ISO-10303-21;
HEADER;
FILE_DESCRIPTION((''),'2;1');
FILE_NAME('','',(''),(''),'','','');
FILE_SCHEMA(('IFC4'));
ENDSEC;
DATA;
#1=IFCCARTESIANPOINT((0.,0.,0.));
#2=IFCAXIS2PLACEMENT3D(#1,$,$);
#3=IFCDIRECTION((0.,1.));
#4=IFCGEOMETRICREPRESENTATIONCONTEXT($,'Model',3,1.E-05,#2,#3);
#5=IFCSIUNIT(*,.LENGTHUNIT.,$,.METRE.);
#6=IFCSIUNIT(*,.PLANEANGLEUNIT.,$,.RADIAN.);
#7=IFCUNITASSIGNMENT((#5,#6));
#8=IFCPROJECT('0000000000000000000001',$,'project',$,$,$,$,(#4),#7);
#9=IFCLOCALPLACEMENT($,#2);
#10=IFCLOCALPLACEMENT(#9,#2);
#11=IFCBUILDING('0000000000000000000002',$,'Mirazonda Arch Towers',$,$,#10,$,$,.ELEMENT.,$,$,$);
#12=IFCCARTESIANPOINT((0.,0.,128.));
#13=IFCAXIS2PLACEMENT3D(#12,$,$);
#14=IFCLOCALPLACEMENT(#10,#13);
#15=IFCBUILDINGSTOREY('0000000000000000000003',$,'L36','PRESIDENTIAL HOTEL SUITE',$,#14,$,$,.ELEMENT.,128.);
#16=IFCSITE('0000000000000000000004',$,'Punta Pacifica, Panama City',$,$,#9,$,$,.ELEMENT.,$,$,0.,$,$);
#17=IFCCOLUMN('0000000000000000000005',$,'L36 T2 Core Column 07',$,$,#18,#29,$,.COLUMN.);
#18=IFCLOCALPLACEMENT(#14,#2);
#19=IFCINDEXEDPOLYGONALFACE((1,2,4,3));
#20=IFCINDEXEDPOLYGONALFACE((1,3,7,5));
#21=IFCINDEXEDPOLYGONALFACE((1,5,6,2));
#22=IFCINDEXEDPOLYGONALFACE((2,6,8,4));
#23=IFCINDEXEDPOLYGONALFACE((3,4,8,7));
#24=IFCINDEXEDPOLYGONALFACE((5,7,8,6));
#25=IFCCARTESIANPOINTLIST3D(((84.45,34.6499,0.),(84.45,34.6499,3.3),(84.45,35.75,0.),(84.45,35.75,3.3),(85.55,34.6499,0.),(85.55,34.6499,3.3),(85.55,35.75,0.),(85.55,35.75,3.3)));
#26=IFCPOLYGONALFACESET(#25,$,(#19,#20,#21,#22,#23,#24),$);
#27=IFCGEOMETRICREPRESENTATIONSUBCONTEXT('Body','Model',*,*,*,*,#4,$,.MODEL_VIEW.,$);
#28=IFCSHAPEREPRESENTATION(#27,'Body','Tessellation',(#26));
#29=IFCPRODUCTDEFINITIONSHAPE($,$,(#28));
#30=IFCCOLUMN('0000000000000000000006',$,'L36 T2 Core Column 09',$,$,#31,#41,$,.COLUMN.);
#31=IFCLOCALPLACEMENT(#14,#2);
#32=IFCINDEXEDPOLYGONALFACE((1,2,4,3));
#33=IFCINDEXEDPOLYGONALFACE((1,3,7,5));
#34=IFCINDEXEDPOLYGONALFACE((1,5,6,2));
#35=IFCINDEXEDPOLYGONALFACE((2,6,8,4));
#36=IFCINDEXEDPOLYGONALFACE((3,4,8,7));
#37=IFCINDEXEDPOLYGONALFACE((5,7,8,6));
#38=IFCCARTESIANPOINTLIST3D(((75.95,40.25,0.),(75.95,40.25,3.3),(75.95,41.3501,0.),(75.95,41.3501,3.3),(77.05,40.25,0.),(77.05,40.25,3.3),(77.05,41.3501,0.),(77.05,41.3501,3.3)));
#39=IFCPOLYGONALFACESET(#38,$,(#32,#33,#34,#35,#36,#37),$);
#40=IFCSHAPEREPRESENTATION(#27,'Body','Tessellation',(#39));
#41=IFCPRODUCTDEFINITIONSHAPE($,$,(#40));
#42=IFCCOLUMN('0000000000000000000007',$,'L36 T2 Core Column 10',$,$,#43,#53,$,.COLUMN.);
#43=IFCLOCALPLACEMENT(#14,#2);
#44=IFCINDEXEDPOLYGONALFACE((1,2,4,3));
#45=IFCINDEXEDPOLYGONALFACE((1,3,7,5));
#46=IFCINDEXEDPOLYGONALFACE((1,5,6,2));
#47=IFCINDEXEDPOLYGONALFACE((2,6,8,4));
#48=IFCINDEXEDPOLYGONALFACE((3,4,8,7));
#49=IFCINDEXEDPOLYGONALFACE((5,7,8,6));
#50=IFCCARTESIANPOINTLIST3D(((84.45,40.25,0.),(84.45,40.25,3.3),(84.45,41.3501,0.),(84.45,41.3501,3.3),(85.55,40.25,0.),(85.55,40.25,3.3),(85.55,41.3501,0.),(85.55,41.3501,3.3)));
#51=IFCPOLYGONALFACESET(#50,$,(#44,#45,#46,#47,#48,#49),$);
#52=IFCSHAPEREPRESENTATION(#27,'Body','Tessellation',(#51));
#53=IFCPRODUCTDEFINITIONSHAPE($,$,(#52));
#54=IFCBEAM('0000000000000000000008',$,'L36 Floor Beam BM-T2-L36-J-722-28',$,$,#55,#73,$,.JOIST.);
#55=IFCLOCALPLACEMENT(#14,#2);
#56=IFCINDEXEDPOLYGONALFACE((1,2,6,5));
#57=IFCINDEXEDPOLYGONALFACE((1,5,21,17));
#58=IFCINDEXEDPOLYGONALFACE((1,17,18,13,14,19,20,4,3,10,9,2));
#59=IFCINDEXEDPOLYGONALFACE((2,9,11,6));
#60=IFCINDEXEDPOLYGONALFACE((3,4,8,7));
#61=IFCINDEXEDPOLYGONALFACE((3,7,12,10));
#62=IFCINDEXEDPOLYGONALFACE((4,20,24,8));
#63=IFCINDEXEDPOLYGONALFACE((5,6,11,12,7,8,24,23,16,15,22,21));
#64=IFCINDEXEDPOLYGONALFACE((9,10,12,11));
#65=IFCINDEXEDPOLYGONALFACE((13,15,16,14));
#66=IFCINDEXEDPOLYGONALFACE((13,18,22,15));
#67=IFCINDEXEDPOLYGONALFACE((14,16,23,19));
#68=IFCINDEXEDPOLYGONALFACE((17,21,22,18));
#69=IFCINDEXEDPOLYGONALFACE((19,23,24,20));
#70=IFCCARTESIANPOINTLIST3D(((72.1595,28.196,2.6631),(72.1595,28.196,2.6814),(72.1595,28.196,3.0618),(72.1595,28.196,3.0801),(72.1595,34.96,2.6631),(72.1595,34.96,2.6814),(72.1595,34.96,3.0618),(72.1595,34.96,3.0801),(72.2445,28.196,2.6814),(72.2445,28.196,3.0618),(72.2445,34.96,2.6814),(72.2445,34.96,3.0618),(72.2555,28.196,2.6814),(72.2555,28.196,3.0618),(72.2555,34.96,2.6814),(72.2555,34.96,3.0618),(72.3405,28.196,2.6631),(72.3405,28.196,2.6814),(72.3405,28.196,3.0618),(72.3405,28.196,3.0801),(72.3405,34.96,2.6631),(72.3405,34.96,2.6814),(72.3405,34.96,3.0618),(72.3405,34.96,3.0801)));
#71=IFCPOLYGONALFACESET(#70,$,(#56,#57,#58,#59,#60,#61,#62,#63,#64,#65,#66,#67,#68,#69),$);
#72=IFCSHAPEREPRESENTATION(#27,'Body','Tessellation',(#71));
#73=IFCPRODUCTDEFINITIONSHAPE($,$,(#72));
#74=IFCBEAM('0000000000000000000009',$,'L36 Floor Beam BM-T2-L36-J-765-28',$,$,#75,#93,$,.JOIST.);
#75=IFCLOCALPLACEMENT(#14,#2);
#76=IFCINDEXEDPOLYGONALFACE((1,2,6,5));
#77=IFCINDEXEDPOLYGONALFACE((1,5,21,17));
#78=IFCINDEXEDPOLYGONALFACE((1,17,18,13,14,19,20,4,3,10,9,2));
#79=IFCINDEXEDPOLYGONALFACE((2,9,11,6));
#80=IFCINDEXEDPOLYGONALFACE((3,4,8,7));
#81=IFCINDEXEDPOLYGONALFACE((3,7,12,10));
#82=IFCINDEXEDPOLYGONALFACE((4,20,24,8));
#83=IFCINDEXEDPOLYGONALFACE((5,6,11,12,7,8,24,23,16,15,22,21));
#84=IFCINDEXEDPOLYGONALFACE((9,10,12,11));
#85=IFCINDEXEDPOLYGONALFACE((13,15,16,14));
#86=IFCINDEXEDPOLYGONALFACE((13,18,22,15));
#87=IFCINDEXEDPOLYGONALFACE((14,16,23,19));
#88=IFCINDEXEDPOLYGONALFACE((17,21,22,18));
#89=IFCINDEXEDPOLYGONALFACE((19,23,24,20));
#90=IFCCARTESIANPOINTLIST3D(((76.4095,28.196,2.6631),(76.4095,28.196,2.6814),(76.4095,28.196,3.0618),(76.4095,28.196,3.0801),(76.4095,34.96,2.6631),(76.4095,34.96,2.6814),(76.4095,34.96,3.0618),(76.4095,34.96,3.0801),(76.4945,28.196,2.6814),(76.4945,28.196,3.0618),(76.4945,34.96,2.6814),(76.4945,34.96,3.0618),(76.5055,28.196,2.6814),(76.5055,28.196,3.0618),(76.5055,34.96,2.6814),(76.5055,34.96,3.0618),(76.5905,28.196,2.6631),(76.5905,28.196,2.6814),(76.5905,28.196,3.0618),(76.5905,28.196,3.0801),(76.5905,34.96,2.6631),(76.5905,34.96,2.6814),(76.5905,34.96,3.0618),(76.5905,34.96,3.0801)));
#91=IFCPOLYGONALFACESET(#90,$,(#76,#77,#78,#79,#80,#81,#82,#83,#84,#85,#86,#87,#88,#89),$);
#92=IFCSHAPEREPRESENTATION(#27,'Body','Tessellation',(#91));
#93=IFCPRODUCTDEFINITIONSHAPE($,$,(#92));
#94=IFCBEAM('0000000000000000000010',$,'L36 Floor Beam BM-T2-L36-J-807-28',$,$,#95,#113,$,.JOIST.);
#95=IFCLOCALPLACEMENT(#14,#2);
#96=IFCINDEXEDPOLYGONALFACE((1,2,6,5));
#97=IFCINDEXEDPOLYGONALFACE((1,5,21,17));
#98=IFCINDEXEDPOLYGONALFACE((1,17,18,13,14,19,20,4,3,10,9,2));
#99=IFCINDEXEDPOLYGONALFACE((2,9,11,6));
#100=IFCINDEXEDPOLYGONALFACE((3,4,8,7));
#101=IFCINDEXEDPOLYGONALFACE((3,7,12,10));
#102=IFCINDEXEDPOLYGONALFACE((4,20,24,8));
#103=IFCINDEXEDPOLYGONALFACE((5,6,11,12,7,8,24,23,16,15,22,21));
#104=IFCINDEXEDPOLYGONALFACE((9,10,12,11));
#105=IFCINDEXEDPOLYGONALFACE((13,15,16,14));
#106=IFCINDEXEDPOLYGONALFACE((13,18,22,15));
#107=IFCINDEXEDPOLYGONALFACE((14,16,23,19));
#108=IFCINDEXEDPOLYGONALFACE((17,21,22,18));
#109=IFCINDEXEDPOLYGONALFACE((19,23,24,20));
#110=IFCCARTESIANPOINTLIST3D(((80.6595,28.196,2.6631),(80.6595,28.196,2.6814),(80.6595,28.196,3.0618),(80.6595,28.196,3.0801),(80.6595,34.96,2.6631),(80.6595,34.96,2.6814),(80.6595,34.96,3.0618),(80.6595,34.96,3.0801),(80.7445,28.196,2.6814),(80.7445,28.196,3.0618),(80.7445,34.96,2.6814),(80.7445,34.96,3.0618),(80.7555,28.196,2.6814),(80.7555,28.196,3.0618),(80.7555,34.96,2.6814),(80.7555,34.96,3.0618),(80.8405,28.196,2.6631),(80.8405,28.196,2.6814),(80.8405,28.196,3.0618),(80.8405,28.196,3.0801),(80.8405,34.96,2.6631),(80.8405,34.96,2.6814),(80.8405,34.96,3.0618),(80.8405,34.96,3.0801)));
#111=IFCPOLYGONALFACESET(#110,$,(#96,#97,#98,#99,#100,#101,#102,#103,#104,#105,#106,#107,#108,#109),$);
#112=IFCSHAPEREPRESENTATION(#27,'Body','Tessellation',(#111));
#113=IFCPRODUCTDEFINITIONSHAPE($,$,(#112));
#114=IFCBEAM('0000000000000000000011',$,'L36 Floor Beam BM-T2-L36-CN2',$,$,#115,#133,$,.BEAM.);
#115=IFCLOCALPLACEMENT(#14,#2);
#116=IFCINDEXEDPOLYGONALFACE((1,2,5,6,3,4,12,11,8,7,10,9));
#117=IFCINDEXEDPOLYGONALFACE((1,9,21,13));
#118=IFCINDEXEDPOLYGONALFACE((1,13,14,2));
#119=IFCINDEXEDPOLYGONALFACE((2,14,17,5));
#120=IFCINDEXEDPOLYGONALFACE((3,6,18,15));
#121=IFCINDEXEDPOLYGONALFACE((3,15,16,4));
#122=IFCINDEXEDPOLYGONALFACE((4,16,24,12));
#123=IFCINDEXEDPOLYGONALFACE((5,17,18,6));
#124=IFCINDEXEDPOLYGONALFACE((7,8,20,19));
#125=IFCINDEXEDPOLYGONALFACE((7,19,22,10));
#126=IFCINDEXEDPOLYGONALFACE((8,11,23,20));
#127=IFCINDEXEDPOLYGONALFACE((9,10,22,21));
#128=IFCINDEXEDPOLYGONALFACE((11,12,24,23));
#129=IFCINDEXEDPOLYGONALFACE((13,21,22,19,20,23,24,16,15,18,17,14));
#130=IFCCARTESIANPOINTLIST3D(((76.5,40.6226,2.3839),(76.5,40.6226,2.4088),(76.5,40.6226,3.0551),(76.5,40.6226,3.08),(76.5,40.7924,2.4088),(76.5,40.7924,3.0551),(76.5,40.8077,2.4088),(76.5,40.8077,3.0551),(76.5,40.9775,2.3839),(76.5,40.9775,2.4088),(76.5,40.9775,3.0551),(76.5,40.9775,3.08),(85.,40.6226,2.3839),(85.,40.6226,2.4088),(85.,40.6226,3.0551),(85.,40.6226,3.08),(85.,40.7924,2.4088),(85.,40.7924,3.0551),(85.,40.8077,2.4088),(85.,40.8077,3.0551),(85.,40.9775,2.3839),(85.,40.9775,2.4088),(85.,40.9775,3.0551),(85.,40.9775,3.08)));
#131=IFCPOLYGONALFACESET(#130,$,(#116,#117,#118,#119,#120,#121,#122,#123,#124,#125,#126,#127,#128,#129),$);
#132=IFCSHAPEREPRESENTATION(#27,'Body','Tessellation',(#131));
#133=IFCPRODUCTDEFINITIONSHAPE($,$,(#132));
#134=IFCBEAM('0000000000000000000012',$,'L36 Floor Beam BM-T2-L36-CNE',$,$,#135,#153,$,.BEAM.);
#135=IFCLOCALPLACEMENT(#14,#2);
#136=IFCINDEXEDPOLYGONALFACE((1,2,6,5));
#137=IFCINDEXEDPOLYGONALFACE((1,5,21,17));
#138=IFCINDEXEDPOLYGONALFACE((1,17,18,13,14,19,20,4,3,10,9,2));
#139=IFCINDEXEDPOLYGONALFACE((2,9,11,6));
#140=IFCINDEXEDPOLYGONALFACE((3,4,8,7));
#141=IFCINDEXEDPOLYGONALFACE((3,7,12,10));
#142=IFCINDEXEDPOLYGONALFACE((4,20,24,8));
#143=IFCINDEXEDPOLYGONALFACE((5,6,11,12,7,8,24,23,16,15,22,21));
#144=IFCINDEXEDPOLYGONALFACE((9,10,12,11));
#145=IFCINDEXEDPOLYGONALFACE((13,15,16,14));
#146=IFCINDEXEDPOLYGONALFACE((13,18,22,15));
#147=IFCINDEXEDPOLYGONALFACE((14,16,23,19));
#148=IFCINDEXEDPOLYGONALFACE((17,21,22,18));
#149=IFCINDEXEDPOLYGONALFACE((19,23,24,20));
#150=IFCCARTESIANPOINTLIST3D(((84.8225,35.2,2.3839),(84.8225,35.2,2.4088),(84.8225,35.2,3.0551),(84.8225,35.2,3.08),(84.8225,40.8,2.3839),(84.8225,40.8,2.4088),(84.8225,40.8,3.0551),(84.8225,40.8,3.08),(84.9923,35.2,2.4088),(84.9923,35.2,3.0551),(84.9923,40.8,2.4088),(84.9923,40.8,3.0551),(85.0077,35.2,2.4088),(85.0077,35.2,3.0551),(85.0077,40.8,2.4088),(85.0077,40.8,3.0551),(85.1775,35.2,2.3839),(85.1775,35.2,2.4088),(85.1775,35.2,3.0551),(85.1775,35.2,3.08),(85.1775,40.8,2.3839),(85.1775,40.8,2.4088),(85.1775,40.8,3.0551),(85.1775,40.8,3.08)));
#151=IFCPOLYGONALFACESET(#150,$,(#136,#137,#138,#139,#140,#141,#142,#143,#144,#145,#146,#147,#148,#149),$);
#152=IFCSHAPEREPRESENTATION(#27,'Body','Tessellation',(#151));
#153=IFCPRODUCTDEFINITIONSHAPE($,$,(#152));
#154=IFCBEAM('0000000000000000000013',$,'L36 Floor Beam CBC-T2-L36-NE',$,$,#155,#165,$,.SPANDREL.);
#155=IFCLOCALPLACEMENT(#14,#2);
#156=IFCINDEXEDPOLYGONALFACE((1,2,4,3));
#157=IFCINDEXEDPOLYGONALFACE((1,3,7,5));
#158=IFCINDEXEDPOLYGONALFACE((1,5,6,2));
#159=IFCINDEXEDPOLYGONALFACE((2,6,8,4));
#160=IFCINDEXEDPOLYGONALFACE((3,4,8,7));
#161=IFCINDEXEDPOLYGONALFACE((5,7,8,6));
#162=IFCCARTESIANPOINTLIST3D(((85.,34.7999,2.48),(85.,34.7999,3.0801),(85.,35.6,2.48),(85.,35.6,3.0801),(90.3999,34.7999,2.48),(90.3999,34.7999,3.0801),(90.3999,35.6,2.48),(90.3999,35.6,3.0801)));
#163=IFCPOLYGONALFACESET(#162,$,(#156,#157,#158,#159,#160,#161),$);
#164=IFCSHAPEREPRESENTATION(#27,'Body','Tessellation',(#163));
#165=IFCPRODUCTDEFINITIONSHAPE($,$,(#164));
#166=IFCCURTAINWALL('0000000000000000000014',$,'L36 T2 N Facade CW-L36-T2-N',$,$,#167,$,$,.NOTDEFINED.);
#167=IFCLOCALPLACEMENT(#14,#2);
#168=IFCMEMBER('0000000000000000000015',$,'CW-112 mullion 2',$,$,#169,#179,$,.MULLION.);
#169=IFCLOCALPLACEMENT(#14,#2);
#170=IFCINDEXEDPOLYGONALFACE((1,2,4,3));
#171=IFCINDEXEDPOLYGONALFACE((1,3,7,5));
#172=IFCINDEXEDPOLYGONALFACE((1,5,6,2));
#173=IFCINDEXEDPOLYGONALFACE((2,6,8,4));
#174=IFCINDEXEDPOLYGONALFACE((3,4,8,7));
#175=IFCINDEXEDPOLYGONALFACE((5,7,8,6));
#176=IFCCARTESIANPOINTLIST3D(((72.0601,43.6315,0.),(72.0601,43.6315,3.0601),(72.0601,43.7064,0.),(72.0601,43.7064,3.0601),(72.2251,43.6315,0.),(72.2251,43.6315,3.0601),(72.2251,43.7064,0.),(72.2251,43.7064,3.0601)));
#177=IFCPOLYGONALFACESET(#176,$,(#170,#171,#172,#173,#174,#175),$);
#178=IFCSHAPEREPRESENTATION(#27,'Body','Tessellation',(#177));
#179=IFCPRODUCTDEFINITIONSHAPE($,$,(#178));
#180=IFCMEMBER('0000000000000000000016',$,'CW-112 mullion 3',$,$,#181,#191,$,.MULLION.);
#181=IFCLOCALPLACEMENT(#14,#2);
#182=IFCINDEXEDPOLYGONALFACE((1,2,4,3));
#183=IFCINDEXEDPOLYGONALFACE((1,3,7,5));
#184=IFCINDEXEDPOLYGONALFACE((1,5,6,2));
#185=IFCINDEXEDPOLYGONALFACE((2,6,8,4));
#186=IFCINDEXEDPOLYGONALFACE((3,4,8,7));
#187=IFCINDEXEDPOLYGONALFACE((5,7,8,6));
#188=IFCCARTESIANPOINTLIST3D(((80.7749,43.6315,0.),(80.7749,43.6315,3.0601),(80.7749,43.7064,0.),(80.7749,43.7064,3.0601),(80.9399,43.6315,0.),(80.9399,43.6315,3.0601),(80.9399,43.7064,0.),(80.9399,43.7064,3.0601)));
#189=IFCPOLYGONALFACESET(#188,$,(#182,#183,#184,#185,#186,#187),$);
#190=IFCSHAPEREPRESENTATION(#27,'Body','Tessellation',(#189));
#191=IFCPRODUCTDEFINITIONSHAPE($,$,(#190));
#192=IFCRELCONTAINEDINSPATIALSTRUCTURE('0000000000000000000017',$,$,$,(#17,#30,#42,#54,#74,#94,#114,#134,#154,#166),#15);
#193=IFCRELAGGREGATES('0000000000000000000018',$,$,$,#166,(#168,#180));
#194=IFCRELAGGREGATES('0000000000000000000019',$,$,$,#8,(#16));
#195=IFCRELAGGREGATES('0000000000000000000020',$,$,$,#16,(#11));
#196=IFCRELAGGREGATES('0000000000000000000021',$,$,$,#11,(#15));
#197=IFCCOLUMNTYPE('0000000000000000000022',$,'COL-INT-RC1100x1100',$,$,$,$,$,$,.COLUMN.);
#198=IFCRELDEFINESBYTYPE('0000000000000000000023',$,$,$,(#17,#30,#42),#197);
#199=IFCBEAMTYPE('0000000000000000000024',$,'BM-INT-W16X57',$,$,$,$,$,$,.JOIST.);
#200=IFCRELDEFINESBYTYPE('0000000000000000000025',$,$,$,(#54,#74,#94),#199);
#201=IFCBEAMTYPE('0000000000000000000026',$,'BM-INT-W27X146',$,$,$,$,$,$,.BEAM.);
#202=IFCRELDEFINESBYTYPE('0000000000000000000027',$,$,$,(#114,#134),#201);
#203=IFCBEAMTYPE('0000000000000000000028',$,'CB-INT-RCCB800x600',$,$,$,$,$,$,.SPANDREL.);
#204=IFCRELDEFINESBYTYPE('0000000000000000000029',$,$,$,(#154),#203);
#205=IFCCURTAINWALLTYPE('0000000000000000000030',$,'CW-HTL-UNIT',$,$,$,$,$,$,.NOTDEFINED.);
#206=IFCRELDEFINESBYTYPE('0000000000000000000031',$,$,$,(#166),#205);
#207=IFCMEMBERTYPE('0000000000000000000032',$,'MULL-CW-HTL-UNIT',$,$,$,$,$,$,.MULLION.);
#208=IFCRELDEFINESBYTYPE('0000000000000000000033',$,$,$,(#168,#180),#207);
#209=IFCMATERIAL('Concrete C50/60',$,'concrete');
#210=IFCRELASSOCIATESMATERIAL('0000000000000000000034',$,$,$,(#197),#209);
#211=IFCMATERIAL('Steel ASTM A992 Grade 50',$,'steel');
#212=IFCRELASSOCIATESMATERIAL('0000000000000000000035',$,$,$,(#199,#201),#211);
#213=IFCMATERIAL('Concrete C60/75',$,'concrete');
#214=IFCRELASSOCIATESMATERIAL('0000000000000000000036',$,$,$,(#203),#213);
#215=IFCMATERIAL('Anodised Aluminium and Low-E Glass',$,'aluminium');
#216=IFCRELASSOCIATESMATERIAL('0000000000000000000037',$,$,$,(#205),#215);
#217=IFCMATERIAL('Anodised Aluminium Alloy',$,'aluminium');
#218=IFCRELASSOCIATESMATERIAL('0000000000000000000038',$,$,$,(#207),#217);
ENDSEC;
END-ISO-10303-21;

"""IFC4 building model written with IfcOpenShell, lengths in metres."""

from ifc_helpers import new_model, si_unit, direction, frame, origin, origin_2d, place, context, subcontext, project, spatial, rectangle, i_section, extrude, material, material_profile, profile_set, type_object, element, aggregate, save


model = new_model("IFC4")

# Units and contexts
model_context = context("Model", 3, precision=1e-05, world=origin(), true_north=direction((0.0, 1.0)))
body_context = subcontext(model_context, "Body", "Model", "MODEL_VIEW")
ifc_project = project(units=[si_unit("LENGTHUNIT", "METRE"), si_unit("PLANEANGLEUNIT", "RADIAN")], contexts=[model_context])

# Site, building, storey
site_placement = place(None, origin())
site = spatial("IfcSite", under=ifc_project, at=site_placement, Name="Punta Pacifica, Panama City", CompositionType="ELEMENT", RefElevation=0.0)
building_placement = place(site_placement, origin())
building = spatial("IfcBuilding", under=site, at=building_placement, Name="Mirazonda Arch Towers", CompositionType="ELEMENT")
storey_placement = place(building_placement, frame((0.0, 0.0, 128.0)))
storey = spatial("IfcBuildingStorey", under=building, at=storey_placement, Name="L36", Description="PRESIDENTIAL HOTEL SUITE", CompositionType="ELEMENT", Elevation=128.0)

# Columns
ifc_material_1 = material(Name="Concrete C50/60", Category="concrete")
ifc_material_profile_1 = material_profile(ifc_material_1, rectangle(XDim=1.1001, YDim=1.1001, at=origin_2d()), Name="RC1100x1100")
ifc_profile_set_1 = profile_set([ifc_material_profile_1], Name="Concrete C50/60")
column_type = type_object("IfcColumnType", Name="COL-INT-RC1100x1100", PredefinedType="COLUMN", material=ifc_profile_set_1)
for number, where, z_axis, x_axis, name in (
    (1, (85.0, 35.2, 0.0), (0.0, 0.0, 1.0), (1.0, 0.0, 0.0), "L36 T2 Core Column 07"),
    (2, (76.5, 40.8, 0.0), (0.0, 0.0, 1.0), (1.0, 0.0, 0.0), "L36 T2 Core Column 09"),
    (3, (85.0, 40.8, 0.0), (0.0, 0.0, 1.0), (1.0, 0.0, 0.0), "L36 T2 Core Column 10"),
):
    element("IfcColumn", number, at=place(storey_placement, frame(where, z_axis=z_axis, x_axis=x_axis)), inside=storey, type_object=column_type, Name=name, PredefinedType="COLUMN", context=body_context, shape_type="SweptSolid", body=[
        extrude(rectangle(XDim=1.1001, YDim=1.1001, at=origin_2d()), origin(), (0.0, 0.0, 1.0), 3.3),
    ])

# Beams
ifc_material_2 = material(Name="Steel ASTM A992 Grade 50", Category="steel")
ifc_material_profile_2 = material_profile(ifc_material_2, i_section(OverallWidth=0.1809, OverallDepth=0.417, WebThickness=0.011, FlangeThickness=0.0183, at=origin_2d()), Name="W16X57")
ifc_profile_set_2 = profile_set([ifc_material_profile_2], Name="Steel ASTM A992 Grade 50")
beam_type_1 = type_object("IfcBeamType", Name="BM-INT-W16X57", PredefinedType="JOIST", material=ifc_profile_set_2)
for number, where, z_axis, x_axis, name in (
    (4, (72.25, 28.196, 2.8716), (0.0, 1.0, 0.0), (-1.0, 0.0, 0.0), "L36 Floor Beam BM-T2-L36-J-722-28"),
    (5, (76.5, 28.196, 2.8716), (0.0, 1.0, 0.0), (-1.0, 0.0, 0.0), "L36 Floor Beam BM-T2-L36-J-765-28"),
    (6, (80.75, 28.196, 2.8716), (0.0, 1.0, 0.0), (-1.0, 0.0, 0.0), "L36 Floor Beam BM-T2-L36-J-807-28"),
):
    element("IfcBeam", number, at=place(storey_placement, frame(where, z_axis=z_axis, x_axis=x_axis)), inside=storey, type_object=beam_type_1, Name=name, PredefinedType="JOIST", context=body_context, shape_type="SweptSolid", body=[
        extrude(i_section(OverallWidth=0.1809, OverallDepth=0.417, WebThickness=0.011, FlangeThickness=0.0183, at=origin_2d()), origin(), (0.0, 0.0, 1.0), 6.7639),
    ])
ifc_material_profile_3 = material_profile(ifc_material_2, i_section(OverallWidth=0.355, OverallDepth=0.696, WebThickness=0.0154, FlangeThickness=0.0249, at=origin_2d()), Name="W27X146")
ifc_profile_set_3 = profile_set([ifc_material_profile_3], Name="Steel ASTM A992 Grade 50")
beam_type_2 = type_object("IfcBeamType", Name="BM-INT-W27X146", PredefinedType="BEAM", material=ifc_profile_set_3)
beam_1_placement = place(storey_placement, frame((76.5, 40.8, 2.7319), z_axis=(1.0, 0.0, 0.0), x_axis=(0.0, 1.0, 0.0)))
element("IfcBeam", 7, at=beam_1_placement, inside=storey, type_object=beam_type_2, Name="L36 Floor Beam BM-T2-L36-CN2", PredefinedType="BEAM", context=body_context, shape_type="SweptSolid", body=[
    extrude(i_section(OverallWidth=0.355, OverallDepth=0.696, WebThickness=0.0154, FlangeThickness=0.0249, at=origin_2d()), origin(), (0.0, 0.0, 1.0), 8.5),
])
beam_2_placement = place(storey_placement, frame((85.0, 35.2, 2.7319), z_axis=(0.0, 1.0, 0.0), x_axis=(-1.0, 0.0, 0.0)))
element("IfcBeam", 8, at=beam_2_placement, inside=storey, type_object=beam_type_2, Name="L36 Floor Beam BM-T2-L36-CNE", PredefinedType="BEAM", context=body_context, shape_type="SweptSolid", body=[
    extrude(i_section(OverallWidth=0.355, OverallDepth=0.696, WebThickness=0.0154, FlangeThickness=0.0249, at=origin_2d()), origin(), (0.0, 0.0, 1.0), 5.6001),
])
ifc_material_3 = material(Name="Concrete C60/75", Category="concrete")
ifc_material_profile_4 = material_profile(ifc_material_3, rectangle(XDim=0.8, YDim=0.6001, at=origin_2d()), Name="RCCB800x600")
ifc_profile_set_4 = profile_set([ifc_material_profile_4], Name="Concrete C60/75")
beam_type_3 = type_object("IfcBeamType", Name="CB-INT-RCCB800x600", PredefinedType="SPANDREL", material=ifc_profile_set_4)
beam_3_placement = place(storey_placement, frame((85.0, 35.2, 2.78), z_axis=(1.0, 0.0, 0.0), x_axis=(0.0, 1.0, 0.0)))
element("IfcBeam", 9, at=beam_3_placement, inside=storey, type_object=beam_type_3, Name="L36 Floor Beam CBC-T2-L36-NE", PredefinedType="SPANDREL", context=body_context, shape_type="SweptSolid", body=[
    extrude(rectangle(XDim=0.8, YDim=0.6001, at=origin_2d()), origin(), (0.0, 0.0, 1.0), 5.3999),
])

# Curtain wall, members
ifc_material_4 = material(Name="Anodised Aluminium and Low-E Glass", Category="aluminium")
curtain_wall_type = type_object("IfcCurtainWallType", Name="CW-HTL-UNIT", PredefinedType="NOTDEFINED", material=ifc_material_4)
curtain_wall_placement = place(storey_placement, origin())
curtain_wall = element("IfcCurtainWall", 10, at=curtain_wall_placement, inside=storey, type_object=curtain_wall_type, Name="L36 T2 N Facade CW-L36-T2-N", PredefinedType="NOTDEFINED")
ifc_material_5 = material(Name="Anodised Aluminium Alloy", Category="aluminium")
ifc_material_profile_5 = material_profile(ifc_material_5, rectangle(XDim=0.075, YDim=0.165, at=origin_2d()), Name="ALU-MULL-75x165")
ifc_profile_set_5 = profile_set([ifc_material_profile_5], Name="Anodised Aluminium Alloy")
member_type_1 = type_object("IfcMemberType", Name="MULL-CW-HTL-UNIT", PredefinedType="MULLION", material=ifc_profile_set_5)
member_1_placement = place(storey_placement, frame((72.1426, 43.6689, 0.0), z_axis=(0.0, 0.0, 1.0), x_axis=(0.0, 1.0, 0.0)))
member_1 = element("IfcMember", 11, at=member_1_placement, type_object=member_type_1, Name="CW-112 mullion 2", PredefinedType="MULLION", context=body_context, shape_type="SweptSolid", body=[
    extrude(rectangle(XDim=0.075, YDim=0.165, at=origin_2d()), origin(), (0.0, 0.0, 1.0), 3.0601),
])
member_2_placement = place(storey_placement, frame((80.8574, 43.6689, 0.0), z_axis=(0.0, 0.0, 1.0), x_axis=(0.0, 1.0, 0.0)))
member_2 = element("IfcMember", 12, at=member_2_placement, type_object=member_type_1, Name="CW-112 mullion 3", PredefinedType="MULLION", context=body_context, shape_type="SweptSolid", body=[
    extrude(rectangle(XDim=0.075, YDim=0.165, at=origin_2d()), origin(), (0.0, 0.0, 1.0), 3.0601),
])
aggregate(curtain_wall, [member_1, member_2])

save(model, "model.ifc")
